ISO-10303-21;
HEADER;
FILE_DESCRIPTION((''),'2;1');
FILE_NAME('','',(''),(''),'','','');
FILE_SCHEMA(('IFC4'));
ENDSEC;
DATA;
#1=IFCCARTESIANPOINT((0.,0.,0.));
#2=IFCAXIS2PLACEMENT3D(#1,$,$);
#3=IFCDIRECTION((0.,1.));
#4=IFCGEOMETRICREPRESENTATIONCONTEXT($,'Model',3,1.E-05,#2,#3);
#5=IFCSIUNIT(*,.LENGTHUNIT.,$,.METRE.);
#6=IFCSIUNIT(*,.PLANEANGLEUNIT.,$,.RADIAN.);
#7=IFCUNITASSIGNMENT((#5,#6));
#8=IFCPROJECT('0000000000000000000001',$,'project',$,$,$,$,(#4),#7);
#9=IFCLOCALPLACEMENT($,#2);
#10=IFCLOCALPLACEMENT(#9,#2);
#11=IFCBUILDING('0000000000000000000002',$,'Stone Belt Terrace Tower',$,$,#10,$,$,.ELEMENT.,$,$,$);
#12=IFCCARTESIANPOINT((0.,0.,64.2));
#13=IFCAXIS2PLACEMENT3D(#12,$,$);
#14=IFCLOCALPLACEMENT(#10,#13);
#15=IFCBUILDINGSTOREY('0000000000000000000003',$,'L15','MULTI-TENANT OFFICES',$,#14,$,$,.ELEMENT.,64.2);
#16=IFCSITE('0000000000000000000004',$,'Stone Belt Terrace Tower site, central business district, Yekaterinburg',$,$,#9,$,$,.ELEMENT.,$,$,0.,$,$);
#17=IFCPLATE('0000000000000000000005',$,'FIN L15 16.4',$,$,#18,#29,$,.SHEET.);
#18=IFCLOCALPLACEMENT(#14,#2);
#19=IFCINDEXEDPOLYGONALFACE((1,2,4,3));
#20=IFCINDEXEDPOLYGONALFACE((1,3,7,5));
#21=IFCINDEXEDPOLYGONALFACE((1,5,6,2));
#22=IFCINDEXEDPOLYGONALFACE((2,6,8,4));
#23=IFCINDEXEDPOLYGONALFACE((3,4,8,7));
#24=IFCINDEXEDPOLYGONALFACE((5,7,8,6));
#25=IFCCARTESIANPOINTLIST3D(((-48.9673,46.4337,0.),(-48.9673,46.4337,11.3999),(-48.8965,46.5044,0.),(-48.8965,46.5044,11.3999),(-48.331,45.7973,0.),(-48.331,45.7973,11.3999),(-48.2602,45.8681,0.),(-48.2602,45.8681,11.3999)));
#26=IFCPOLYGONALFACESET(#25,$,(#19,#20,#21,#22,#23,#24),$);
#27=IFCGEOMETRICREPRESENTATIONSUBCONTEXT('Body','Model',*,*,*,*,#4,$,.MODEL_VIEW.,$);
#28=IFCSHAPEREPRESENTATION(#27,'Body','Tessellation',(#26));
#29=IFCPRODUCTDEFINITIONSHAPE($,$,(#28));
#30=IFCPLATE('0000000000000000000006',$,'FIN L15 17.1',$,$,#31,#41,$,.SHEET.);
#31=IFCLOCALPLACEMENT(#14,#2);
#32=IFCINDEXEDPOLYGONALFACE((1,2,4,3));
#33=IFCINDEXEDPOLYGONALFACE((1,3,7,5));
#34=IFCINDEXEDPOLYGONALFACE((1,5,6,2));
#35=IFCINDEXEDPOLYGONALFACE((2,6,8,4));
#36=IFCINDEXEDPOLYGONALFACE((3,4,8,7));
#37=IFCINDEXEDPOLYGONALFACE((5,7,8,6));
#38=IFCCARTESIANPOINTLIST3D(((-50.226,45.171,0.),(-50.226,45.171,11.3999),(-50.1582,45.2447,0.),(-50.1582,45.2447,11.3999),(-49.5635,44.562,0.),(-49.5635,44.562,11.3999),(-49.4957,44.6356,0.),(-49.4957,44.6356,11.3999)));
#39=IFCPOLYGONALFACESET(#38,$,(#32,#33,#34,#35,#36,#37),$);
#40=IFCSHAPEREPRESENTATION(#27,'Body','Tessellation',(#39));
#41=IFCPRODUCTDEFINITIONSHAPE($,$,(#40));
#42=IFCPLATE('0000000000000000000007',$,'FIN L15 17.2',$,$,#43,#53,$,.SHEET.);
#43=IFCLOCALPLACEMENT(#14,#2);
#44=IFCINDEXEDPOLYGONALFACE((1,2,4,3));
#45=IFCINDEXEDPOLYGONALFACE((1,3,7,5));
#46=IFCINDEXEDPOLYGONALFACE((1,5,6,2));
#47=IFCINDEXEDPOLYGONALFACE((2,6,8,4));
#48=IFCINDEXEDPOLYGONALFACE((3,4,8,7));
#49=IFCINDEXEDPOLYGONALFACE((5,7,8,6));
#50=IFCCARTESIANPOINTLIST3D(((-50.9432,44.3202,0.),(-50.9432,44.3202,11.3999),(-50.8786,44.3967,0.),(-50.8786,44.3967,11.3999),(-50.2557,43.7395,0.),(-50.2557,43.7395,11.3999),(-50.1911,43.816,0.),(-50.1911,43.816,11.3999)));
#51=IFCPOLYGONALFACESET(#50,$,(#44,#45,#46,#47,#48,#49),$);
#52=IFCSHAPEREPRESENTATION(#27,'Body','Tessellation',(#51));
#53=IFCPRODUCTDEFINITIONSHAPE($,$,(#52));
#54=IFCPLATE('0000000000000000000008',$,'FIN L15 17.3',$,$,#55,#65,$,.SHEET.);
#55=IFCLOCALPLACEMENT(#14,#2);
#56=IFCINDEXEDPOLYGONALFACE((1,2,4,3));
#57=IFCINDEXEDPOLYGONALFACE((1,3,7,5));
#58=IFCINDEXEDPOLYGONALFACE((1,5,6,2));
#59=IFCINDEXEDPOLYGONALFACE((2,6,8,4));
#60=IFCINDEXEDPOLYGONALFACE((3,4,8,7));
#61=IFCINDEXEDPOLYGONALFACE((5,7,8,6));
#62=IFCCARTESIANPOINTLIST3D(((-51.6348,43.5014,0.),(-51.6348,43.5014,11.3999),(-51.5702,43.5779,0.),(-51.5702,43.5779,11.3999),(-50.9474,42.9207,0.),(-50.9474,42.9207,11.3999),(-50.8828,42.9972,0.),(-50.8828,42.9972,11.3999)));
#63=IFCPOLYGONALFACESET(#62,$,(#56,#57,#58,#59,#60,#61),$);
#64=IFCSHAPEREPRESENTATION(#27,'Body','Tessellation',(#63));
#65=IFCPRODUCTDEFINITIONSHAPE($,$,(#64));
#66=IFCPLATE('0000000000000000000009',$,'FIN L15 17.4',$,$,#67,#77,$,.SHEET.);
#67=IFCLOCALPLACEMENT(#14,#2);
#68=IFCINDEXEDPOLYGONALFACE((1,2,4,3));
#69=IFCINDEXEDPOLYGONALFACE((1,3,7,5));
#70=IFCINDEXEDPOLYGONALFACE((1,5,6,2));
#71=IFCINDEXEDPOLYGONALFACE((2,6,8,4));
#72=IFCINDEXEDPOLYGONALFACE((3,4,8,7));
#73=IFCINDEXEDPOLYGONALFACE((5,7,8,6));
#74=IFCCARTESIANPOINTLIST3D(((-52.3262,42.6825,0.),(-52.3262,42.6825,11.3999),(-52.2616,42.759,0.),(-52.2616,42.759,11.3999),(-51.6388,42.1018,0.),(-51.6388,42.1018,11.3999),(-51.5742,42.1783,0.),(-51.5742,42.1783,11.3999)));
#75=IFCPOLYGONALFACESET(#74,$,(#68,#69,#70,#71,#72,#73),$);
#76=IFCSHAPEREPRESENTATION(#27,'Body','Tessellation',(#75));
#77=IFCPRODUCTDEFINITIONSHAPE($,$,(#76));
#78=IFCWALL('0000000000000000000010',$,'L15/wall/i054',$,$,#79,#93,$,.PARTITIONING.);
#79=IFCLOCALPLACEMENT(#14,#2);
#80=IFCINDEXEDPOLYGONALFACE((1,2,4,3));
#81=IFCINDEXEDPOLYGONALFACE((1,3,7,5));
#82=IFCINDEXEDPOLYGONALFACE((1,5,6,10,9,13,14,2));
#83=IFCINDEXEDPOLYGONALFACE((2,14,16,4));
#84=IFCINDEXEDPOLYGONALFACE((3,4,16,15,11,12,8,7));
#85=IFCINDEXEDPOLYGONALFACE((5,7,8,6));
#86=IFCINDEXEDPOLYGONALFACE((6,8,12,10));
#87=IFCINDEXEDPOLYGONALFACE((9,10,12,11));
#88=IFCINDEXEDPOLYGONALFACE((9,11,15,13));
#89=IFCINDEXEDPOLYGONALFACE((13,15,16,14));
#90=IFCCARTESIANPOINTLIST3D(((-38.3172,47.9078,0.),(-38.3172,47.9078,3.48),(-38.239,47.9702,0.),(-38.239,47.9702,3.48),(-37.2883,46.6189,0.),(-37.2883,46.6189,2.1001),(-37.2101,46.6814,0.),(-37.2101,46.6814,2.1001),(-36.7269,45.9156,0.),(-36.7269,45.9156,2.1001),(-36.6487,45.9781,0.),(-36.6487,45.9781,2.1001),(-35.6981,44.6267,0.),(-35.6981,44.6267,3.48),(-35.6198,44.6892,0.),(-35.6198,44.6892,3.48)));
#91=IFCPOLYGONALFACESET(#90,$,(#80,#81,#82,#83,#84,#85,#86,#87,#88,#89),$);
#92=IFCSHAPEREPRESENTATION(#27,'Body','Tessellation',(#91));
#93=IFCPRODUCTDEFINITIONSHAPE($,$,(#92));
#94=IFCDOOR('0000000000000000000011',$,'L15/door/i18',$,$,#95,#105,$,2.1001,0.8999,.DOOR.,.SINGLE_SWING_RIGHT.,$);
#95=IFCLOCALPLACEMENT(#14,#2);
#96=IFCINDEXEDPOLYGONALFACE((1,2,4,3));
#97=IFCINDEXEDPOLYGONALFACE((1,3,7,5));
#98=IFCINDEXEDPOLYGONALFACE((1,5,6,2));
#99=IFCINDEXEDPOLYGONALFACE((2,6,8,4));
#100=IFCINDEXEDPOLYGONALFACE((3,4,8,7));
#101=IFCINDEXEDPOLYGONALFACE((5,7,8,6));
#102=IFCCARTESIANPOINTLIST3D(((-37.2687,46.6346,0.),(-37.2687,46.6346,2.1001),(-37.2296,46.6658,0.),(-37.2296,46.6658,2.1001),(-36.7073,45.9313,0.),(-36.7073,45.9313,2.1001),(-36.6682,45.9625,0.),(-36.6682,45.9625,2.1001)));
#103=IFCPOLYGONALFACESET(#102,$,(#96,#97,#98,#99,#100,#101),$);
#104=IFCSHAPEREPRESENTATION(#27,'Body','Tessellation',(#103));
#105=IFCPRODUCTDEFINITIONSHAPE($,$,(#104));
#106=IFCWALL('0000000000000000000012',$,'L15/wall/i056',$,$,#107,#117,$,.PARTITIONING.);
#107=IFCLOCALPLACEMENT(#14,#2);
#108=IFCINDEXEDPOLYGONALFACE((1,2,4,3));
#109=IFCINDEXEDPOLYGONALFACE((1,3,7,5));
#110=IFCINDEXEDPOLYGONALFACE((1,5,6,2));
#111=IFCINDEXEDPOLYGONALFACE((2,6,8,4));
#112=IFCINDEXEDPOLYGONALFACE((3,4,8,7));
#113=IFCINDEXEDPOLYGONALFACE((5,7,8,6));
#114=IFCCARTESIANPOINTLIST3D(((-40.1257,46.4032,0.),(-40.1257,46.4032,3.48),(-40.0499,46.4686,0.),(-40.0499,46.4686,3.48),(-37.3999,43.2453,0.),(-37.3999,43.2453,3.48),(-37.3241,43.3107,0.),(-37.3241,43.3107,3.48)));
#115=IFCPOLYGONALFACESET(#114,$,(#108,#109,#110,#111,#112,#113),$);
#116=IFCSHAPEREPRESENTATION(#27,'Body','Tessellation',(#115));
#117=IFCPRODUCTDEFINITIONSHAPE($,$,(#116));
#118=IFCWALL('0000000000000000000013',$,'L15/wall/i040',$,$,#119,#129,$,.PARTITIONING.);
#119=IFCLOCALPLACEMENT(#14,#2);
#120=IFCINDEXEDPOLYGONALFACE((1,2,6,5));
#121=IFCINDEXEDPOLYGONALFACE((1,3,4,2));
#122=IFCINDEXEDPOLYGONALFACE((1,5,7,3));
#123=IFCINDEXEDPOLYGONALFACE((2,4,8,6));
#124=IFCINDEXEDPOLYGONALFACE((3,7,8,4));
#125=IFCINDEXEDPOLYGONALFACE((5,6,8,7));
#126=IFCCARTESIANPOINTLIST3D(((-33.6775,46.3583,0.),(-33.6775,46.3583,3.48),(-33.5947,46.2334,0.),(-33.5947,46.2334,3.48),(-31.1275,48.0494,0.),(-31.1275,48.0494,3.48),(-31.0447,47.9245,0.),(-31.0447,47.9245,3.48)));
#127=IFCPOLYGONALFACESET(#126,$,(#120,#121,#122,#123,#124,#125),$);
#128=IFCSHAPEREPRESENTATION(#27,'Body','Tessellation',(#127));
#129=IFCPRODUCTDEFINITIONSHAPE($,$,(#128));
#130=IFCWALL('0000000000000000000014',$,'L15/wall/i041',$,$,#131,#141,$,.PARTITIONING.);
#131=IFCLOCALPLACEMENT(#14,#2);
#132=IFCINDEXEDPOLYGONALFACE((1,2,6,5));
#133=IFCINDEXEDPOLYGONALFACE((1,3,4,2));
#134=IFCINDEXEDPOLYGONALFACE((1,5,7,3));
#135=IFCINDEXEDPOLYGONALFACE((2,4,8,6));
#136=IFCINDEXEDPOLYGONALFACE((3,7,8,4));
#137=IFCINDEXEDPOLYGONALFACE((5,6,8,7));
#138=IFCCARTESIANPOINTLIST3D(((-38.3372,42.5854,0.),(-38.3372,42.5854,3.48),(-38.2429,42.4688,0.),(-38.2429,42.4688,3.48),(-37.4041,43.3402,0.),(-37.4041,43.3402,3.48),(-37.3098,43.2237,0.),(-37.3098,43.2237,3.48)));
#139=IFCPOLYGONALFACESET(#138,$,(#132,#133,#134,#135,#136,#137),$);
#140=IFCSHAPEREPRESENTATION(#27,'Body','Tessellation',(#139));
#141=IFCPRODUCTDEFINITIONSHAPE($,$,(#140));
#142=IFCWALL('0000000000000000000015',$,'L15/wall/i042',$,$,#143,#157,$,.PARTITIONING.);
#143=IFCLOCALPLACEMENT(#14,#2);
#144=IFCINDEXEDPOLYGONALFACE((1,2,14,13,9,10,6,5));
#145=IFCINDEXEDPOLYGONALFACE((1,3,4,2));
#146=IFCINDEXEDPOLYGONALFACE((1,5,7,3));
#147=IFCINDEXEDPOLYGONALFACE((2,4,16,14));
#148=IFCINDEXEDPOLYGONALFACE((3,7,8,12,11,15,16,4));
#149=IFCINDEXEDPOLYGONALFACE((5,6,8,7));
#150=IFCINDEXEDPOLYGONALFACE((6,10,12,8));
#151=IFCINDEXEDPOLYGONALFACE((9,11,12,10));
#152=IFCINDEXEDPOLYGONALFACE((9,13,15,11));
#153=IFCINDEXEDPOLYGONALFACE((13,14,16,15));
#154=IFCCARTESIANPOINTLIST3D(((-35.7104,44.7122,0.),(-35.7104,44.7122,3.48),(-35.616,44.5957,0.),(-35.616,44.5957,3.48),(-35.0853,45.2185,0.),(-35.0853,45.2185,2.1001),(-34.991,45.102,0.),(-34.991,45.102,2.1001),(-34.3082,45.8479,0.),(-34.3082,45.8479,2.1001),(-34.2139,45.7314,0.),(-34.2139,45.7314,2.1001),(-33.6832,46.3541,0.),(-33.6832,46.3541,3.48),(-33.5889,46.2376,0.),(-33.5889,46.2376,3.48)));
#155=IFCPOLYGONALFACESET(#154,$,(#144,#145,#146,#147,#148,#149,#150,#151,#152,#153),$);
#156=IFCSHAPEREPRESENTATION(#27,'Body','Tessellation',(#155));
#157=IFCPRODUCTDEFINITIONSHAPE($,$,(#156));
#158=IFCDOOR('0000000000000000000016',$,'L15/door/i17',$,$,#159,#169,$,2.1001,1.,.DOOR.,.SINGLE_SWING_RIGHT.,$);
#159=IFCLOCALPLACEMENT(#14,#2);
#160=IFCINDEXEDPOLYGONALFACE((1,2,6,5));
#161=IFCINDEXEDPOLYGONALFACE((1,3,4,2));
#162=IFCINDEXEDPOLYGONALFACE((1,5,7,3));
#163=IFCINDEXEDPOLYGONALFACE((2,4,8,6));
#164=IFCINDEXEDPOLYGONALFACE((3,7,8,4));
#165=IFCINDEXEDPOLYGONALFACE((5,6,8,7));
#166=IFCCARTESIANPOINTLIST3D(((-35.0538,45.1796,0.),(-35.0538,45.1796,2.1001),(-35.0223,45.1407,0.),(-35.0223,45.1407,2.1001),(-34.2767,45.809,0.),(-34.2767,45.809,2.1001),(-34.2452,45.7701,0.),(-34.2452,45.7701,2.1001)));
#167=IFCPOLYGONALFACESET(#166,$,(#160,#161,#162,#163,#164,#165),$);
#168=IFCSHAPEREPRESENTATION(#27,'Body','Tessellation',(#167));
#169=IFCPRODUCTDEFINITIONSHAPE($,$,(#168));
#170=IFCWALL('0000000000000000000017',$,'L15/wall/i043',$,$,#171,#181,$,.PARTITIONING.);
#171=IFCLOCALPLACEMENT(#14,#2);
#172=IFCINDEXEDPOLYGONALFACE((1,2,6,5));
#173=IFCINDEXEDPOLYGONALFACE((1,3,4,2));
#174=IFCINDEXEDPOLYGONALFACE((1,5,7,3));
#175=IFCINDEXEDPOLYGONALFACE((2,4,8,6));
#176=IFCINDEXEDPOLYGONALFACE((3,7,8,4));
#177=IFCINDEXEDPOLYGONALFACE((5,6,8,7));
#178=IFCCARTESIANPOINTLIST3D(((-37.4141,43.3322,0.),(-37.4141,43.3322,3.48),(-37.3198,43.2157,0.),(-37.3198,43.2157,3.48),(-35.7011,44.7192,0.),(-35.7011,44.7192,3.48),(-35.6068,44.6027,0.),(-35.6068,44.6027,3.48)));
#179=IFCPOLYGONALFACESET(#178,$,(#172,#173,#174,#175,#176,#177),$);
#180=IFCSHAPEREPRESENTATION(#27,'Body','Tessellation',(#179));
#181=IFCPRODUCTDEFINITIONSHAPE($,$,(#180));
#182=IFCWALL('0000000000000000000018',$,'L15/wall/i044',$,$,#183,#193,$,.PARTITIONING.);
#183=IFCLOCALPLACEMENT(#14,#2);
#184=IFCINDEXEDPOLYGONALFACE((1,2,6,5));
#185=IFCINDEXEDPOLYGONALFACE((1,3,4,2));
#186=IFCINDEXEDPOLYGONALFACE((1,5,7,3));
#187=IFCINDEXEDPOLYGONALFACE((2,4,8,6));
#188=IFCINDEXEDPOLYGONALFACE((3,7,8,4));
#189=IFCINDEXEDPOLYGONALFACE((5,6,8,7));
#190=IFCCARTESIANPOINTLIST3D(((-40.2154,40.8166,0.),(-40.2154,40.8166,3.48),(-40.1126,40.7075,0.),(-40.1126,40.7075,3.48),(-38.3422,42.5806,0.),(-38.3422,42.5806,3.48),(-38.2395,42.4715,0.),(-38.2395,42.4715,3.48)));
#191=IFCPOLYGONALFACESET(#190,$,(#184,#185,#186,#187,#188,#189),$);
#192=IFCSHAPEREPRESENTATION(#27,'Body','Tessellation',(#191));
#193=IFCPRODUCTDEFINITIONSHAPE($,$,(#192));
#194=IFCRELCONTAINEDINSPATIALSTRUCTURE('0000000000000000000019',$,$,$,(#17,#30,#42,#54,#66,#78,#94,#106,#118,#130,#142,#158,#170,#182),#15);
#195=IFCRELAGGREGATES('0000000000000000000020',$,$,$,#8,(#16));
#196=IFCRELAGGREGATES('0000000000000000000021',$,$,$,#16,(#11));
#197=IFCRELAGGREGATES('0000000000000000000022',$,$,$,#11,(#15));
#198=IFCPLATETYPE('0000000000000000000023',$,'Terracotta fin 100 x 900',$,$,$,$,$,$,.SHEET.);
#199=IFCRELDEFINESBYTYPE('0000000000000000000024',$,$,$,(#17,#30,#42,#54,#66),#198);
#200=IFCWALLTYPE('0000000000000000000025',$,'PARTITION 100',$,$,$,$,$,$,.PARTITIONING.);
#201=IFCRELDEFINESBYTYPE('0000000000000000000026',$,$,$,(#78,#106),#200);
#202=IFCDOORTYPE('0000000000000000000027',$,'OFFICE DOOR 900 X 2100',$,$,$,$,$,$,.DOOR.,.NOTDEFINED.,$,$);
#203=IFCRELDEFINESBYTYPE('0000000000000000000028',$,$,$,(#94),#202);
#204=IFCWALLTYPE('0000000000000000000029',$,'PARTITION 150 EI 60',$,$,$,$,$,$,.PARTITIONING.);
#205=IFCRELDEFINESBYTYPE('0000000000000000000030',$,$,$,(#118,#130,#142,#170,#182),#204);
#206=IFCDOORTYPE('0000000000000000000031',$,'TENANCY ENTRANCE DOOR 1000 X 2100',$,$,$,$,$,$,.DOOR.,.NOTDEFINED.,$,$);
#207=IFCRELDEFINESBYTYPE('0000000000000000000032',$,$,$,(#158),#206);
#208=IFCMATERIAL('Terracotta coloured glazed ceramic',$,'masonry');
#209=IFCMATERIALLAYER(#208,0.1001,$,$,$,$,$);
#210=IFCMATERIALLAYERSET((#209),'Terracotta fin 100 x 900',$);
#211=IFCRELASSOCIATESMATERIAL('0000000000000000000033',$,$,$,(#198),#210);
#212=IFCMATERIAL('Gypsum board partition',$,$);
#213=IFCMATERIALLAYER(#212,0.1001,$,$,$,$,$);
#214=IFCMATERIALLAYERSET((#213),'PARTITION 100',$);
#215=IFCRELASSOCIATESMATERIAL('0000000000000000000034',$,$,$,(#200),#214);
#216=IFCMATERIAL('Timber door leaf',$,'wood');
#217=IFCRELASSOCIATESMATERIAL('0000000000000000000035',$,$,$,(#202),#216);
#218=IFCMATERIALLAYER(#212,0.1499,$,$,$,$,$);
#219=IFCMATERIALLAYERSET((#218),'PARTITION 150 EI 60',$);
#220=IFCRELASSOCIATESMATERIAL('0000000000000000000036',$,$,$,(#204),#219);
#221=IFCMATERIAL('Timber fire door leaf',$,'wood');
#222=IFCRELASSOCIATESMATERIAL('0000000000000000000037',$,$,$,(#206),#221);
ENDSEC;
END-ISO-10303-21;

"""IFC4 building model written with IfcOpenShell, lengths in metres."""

from ifc_helpers import new_model, si_unit, direction, frame, frame_2d, origin, origin_2d, place, context, subcontext, project, spatial, rectangle, extrude, material, layer, layer_set, type_object, element, fill, save


model = new_model("IFC4")

# Units and contexts
model_context = context("Model", 3, precision=1e-05, world=origin(), true_north=direction((0.0, 1.0)))
body_context = subcontext(model_context, "Body", "Model", "MODEL_VIEW")
ifc_project = project(units=[si_unit("LENGTHUNIT", "METRE"), si_unit("PLANEANGLEUNIT", "RADIAN")], contexts=[model_context])

# Site, building, storey
site_placement = place(None, origin())
site = spatial("IfcSite", under=ifc_project, at=site_placement, Name="Stone Belt Terrace Tower site, central business district, Yekaterinburg", CompositionType="ELEMENT", RefElevation=0.0)
building_placement = place(site_placement, origin())
building = spatial("IfcBuilding", under=site, at=building_placement, Name="Stone Belt Terrace Tower", CompositionType="ELEMENT")
storey_placement = place(building_placement, frame((0.0, 0.0, 64.2)))
storey = spatial("IfcBuildingStorey", under=building, at=storey_placement, Name="L15", Description="MULTI-TENANT OFFICES", CompositionType="ELEMENT", Elevation=64.2)

# Plates
ifc_material_1 = material(Name="Terracotta coloured glazed ceramic", Category="masonry")
ifc_layer_1 = layer(ifc_material_1, 0.1001)
ifc_layer_set_1 = layer_set([ifc_layer_1], Name="Terracotta fin 100 x 900")
plate_type_1 = type_object("IfcPlateType", Name="Terracotta fin 100 x 900", PredefinedType="SHEET", material=ifc_layer_set_1)
for number, where, z_axis, x_axis, name in (
    (1, (-48.6138, 46.1509, 0.0), (0.0, 0.0, 1.0), (-0.707107, 0.707107, 0.0), "FIN L15 16.4"),
    (2, (-49.8608, 44.9033, 0.0), (0.0, 0.0, 1.0), (-0.736171, 0.676796, 0.0), "FIN L15 17.1"),
    (3, (-50.5671, 44.0681, 0.0), (0.0, 0.0, 1.0), (-0.763937, 0.645291, 0.0), "FIN L15 17.2"),
    (4, (-51.2588, 43.2493, 0.0), (0.0, 0.0, 1.0), (-0.763937, 0.645291, 0.0), "FIN L15 17.3"),
    (5, (-51.9502, 42.4304, 0.0), (0.0, 0.0, 1.0), (-0.763937, 0.645291, 0.0), "FIN L15 17.4"),
):
    element("IfcPlate", number, at=place(storey_placement, frame(where, z_axis=z_axis, x_axis=x_axis)), inside=storey, type_object=plate_type_1, Name=name, PredefinedType="SHEET", context=body_context, shape_type="SweptSolid", body=[
        extrude(rectangle(XDim=0.8999, YDim=0.1001, at=origin_2d()), origin(), (0.0, 0.0, 1.0), 11.3999),
    ])

# Wall, opening, door
ifc_material_2 = material(Name="Gypsum board partition")
ifc_layer_2 = layer(ifc_material_2, 0.1001)
ifc_layer_set_2 = layer_set([ifc_layer_2], Name="PARTITION 100")
wall_type_1 = type_object("IfcWallType", Name="PARTITION 100", PredefinedType="PARTITIONING", material=ifc_layer_set_2)
wall_1_placement = place(storey_placement, frame((-35.6589, 44.658, 0.0), z_axis=(0.0, 0.0, 1.0), x_axis=(-0.623872, 0.781527, 0.0)))
wall_1 = element("IfcWall", 6, at=wall_1_placement, inside=storey, type_object=wall_type_1, Name="L15/wall/i054", PredefinedType="PARTITIONING", context=body_context, shape_type="SweptSolid", body=[
    extrude(rectangle(XDim=4.1982, YDim=0.1001, at=frame_2d((2.0991, 0.0))), origin(), (0.0, 0.0, 1.0), 3.48),
])
opening_1_placement = place(wall_1_placement, frame((1.6492, 0.0, 0.0)))
opening_1 = element("IfcOpeningElement", 7, at=opening_1_placement, cuts=wall_1, PredefinedType="OPENING", context=body_context, shape_type="SweptSolid", body=[
    extrude(rectangle(XDim=0.8999, YDim=2.1001, at=frame_2d((0.45, 1.05))), frame((0.0, 0.0601, 0.0), z_axis=(0.0, -1.0, 0.0), x_axis=(1.0, 0.0, 0.0)), (0.0, 0.0, 1.0), 0.1201),
])
ifc_material_3 = material(Name="Timber door leaf", Category="wood")
door_type_1 = type_object("IfcDoorType", Name="OFFICE DOOR 900 X 2100", OperationType="NOTDEFINED", PredefinedType="DOOR", material=ifc_material_3)
door_1_placement = place(opening_1_placement, origin())
door_1 = element("IfcDoor", 8, at=door_1_placement, inside=storey, type_object=door_type_1, Name="L15/door/i18", OperationType="SINGLE_SWING_RIGHT", OverallHeight=2.1001, OverallWidth=0.8999, PredefinedType="DOOR", context=body_context, shape_type="SweptSolid", body=[
    extrude(rectangle(XDim=0.8999, YDim=2.1001, at=frame_2d((0.45, 1.05))), frame((0.0, 0.0249, 0.0), z_axis=(0.0, -1.0, 0.0), x_axis=(1.0, 0.0, 0.0)), (0.0, 0.0, 1.0), 0.05),
])
fill(opening_1, door_1)

# Walls
wall_2_placement = place(storey_placement, frame((-40.0879, 46.436, 0.0), z_axis=(0.0, 0.0, 1.0), x_axis=(0.653414, -0.757001, 0.0)))
element("IfcWall", 9, at=wall_2_placement, inside=storey, type_object=wall_type_1, Name="L15/wall/i056", PredefinedType="PARTITIONING", context=body_context, shape_type="SweptSolid", body=[
    extrude(rectangle(XDim=4.1716, YDim=0.1001, at=frame_2d((2.0859, 0.0))), origin(), (0.0, 0.0, 1.0), 3.48),
])
ifc_layer_3 = layer(ifc_material_2, 0.1499)
ifc_layer_set_3 = layer_set([ifc_layer_3], Name="PARTITION 150 EI 60")
wall_type_2 = type_object("IfcWallType", Name="PARTITION 150 EI 60", PredefinedType="PARTITIONING", material=ifc_layer_set_3)
wall_3_placement = place(storey_placement, frame((-33.636, 46.2959, 0.0), z_axis=(0.0, 0.0, 1.0), x_axis=(0.833386, 0.552692, 0.0)))
element("IfcWall", 10, at=wall_3_placement, inside=storey, type_object=wall_type_2, Name="L15/wall/i040", PredefinedType="PARTITIONING", context=body_context, shape_type="SweptSolid", body=[
    extrude(rectangle(XDim=3.0598, YDim=0.1499, at=frame_2d((1.5298, 0.0))), origin(), (0.0, 0.0, 1.0), 3.48),
])
wall_4_placement = place(storey_placement, frame((-38.29, 42.5271, 0.0), z_axis=(0.0, 0.0, 1.0), x_axis=(0.777444, 0.628952, 0.0)))
element("IfcWall", 11, at=wall_4_placement, inside=storey, type_object=wall_type_2, Name="L15/wall/i041", PredefinedType="PARTITIONING", context=body_context, shape_type="SweptSolid", body=[
    extrude(rectangle(XDim=1.2002, YDim=0.1499, at=frame_2d((0.6001, 0.0))), origin(), (0.0, 0.0, 1.0), 3.48),
])

# Wall, opening, door
wall_5_placement = place(storey_placement, frame((-35.6631, 44.6541, 0.0), z_axis=(0.0, 0.0, 1.0), x_axis=(0.777084, 0.629397, 0.0)))
wall_5 = element("IfcWall", 12, at=wall_5_placement, inside=storey, type_object=wall_type_2, Name="L15/wall/i042", PredefinedType="PARTITIONING", context=body_context, shape_type="SweptSolid", body=[
    extrude(rectangle(XDim=2.6086, YDim=0.1499, at=frame_2d((1.3042, 0.0))), origin(), (0.0, 0.0, 1.0), 3.48),
])
opening_2_placement = place(wall_5_placement, frame((0.8042, 0.0, 0.0)))
opening_2 = element("IfcOpeningElement", 13, at=opening_2_placement, cuts=wall_5, PredefinedType="OPENING", context=body_context, shape_type="SweptSolid", body=[
    extrude(rectangle(XDim=1.0, YDim=2.1001, at=frame_2d((0.5, 1.05))), frame((0.0, 0.085, 0.0), z_axis=(0.0, -1.0, 0.0), x_axis=(1.0, 0.0, 0.0)), (0.0, 0.0, 1.0), 0.1699),
])
ifc_material_4 = material(Name="Timber fire door leaf", Category="wood")
door_type_2 = type_object("IfcDoorType", Name="TENANCY ENTRANCE DOOR 1000 X 2100", OperationType="NOTDEFINED", PredefinedType="DOOR", material=ifc_material_4)
door_2_placement = place(opening_2_placement, origin())
door_2 = element("IfcDoor", 14, at=door_2_placement, inside=storey, type_object=door_type_2, Name="L15/door/i17", OperationType="SINGLE_SWING_RIGHT", OverallHeight=2.1001, OverallWidth=1.0, PredefinedType="DOOR", context=body_context, shape_type="SweptSolid", body=[
    extrude(rectangle(XDim=1.0, YDim=2.1001, at=frame_2d((0.5, 1.05))), frame((0.0, 0.0249, 0.0), z_axis=(0.0, -1.0, 0.0), x_axis=(1.0, 0.0, 0.0)), (0.0, 0.0, 1.0), 0.05),
])
fill(opening_2, door_2)

# Walls
wall_6_placement = place(storey_placement, frame((-37.3669, 43.2739, 0.0), z_axis=(0.0, 0.0, 1.0), x_axis=(0.77717, 0.629291, 0.0)))
element("IfcWall", 15, at=wall_6_placement, inside=storey, type_object=wall_type_2, Name="L15/wall/i043", PredefinedType="PARTITIONING", context=body_context, shape_type="SweptSolid", body=[
    extrude(rectangle(XDim=2.2041, YDim=0.1499, at=frame_2d((1.1021, 0.0))), origin(), (0.0, 0.0, 1.0), 3.48),
])
wall_7_placement = place(storey_placement, frame((-40.1641, 40.762, 0.0), z_axis=(0.0, 0.0, 1.0), x_axis=(0.727997, 0.685581, 0.0)))
element("IfcWall", 16, at=wall_7_placement, inside=storey, type_object=wall_type_2, Name="L15/wall/i044", PredefinedType="PARTITIONING", context=body_context, shape_type="SweptSolid", body=[
    extrude(rectangle(XDim=2.573, YDim=0.1499, at=frame_2d((1.2866, 0.0))), origin(), (0.0, 0.0, 1.0), 3.48),
])

save(model, "model.ifc")
